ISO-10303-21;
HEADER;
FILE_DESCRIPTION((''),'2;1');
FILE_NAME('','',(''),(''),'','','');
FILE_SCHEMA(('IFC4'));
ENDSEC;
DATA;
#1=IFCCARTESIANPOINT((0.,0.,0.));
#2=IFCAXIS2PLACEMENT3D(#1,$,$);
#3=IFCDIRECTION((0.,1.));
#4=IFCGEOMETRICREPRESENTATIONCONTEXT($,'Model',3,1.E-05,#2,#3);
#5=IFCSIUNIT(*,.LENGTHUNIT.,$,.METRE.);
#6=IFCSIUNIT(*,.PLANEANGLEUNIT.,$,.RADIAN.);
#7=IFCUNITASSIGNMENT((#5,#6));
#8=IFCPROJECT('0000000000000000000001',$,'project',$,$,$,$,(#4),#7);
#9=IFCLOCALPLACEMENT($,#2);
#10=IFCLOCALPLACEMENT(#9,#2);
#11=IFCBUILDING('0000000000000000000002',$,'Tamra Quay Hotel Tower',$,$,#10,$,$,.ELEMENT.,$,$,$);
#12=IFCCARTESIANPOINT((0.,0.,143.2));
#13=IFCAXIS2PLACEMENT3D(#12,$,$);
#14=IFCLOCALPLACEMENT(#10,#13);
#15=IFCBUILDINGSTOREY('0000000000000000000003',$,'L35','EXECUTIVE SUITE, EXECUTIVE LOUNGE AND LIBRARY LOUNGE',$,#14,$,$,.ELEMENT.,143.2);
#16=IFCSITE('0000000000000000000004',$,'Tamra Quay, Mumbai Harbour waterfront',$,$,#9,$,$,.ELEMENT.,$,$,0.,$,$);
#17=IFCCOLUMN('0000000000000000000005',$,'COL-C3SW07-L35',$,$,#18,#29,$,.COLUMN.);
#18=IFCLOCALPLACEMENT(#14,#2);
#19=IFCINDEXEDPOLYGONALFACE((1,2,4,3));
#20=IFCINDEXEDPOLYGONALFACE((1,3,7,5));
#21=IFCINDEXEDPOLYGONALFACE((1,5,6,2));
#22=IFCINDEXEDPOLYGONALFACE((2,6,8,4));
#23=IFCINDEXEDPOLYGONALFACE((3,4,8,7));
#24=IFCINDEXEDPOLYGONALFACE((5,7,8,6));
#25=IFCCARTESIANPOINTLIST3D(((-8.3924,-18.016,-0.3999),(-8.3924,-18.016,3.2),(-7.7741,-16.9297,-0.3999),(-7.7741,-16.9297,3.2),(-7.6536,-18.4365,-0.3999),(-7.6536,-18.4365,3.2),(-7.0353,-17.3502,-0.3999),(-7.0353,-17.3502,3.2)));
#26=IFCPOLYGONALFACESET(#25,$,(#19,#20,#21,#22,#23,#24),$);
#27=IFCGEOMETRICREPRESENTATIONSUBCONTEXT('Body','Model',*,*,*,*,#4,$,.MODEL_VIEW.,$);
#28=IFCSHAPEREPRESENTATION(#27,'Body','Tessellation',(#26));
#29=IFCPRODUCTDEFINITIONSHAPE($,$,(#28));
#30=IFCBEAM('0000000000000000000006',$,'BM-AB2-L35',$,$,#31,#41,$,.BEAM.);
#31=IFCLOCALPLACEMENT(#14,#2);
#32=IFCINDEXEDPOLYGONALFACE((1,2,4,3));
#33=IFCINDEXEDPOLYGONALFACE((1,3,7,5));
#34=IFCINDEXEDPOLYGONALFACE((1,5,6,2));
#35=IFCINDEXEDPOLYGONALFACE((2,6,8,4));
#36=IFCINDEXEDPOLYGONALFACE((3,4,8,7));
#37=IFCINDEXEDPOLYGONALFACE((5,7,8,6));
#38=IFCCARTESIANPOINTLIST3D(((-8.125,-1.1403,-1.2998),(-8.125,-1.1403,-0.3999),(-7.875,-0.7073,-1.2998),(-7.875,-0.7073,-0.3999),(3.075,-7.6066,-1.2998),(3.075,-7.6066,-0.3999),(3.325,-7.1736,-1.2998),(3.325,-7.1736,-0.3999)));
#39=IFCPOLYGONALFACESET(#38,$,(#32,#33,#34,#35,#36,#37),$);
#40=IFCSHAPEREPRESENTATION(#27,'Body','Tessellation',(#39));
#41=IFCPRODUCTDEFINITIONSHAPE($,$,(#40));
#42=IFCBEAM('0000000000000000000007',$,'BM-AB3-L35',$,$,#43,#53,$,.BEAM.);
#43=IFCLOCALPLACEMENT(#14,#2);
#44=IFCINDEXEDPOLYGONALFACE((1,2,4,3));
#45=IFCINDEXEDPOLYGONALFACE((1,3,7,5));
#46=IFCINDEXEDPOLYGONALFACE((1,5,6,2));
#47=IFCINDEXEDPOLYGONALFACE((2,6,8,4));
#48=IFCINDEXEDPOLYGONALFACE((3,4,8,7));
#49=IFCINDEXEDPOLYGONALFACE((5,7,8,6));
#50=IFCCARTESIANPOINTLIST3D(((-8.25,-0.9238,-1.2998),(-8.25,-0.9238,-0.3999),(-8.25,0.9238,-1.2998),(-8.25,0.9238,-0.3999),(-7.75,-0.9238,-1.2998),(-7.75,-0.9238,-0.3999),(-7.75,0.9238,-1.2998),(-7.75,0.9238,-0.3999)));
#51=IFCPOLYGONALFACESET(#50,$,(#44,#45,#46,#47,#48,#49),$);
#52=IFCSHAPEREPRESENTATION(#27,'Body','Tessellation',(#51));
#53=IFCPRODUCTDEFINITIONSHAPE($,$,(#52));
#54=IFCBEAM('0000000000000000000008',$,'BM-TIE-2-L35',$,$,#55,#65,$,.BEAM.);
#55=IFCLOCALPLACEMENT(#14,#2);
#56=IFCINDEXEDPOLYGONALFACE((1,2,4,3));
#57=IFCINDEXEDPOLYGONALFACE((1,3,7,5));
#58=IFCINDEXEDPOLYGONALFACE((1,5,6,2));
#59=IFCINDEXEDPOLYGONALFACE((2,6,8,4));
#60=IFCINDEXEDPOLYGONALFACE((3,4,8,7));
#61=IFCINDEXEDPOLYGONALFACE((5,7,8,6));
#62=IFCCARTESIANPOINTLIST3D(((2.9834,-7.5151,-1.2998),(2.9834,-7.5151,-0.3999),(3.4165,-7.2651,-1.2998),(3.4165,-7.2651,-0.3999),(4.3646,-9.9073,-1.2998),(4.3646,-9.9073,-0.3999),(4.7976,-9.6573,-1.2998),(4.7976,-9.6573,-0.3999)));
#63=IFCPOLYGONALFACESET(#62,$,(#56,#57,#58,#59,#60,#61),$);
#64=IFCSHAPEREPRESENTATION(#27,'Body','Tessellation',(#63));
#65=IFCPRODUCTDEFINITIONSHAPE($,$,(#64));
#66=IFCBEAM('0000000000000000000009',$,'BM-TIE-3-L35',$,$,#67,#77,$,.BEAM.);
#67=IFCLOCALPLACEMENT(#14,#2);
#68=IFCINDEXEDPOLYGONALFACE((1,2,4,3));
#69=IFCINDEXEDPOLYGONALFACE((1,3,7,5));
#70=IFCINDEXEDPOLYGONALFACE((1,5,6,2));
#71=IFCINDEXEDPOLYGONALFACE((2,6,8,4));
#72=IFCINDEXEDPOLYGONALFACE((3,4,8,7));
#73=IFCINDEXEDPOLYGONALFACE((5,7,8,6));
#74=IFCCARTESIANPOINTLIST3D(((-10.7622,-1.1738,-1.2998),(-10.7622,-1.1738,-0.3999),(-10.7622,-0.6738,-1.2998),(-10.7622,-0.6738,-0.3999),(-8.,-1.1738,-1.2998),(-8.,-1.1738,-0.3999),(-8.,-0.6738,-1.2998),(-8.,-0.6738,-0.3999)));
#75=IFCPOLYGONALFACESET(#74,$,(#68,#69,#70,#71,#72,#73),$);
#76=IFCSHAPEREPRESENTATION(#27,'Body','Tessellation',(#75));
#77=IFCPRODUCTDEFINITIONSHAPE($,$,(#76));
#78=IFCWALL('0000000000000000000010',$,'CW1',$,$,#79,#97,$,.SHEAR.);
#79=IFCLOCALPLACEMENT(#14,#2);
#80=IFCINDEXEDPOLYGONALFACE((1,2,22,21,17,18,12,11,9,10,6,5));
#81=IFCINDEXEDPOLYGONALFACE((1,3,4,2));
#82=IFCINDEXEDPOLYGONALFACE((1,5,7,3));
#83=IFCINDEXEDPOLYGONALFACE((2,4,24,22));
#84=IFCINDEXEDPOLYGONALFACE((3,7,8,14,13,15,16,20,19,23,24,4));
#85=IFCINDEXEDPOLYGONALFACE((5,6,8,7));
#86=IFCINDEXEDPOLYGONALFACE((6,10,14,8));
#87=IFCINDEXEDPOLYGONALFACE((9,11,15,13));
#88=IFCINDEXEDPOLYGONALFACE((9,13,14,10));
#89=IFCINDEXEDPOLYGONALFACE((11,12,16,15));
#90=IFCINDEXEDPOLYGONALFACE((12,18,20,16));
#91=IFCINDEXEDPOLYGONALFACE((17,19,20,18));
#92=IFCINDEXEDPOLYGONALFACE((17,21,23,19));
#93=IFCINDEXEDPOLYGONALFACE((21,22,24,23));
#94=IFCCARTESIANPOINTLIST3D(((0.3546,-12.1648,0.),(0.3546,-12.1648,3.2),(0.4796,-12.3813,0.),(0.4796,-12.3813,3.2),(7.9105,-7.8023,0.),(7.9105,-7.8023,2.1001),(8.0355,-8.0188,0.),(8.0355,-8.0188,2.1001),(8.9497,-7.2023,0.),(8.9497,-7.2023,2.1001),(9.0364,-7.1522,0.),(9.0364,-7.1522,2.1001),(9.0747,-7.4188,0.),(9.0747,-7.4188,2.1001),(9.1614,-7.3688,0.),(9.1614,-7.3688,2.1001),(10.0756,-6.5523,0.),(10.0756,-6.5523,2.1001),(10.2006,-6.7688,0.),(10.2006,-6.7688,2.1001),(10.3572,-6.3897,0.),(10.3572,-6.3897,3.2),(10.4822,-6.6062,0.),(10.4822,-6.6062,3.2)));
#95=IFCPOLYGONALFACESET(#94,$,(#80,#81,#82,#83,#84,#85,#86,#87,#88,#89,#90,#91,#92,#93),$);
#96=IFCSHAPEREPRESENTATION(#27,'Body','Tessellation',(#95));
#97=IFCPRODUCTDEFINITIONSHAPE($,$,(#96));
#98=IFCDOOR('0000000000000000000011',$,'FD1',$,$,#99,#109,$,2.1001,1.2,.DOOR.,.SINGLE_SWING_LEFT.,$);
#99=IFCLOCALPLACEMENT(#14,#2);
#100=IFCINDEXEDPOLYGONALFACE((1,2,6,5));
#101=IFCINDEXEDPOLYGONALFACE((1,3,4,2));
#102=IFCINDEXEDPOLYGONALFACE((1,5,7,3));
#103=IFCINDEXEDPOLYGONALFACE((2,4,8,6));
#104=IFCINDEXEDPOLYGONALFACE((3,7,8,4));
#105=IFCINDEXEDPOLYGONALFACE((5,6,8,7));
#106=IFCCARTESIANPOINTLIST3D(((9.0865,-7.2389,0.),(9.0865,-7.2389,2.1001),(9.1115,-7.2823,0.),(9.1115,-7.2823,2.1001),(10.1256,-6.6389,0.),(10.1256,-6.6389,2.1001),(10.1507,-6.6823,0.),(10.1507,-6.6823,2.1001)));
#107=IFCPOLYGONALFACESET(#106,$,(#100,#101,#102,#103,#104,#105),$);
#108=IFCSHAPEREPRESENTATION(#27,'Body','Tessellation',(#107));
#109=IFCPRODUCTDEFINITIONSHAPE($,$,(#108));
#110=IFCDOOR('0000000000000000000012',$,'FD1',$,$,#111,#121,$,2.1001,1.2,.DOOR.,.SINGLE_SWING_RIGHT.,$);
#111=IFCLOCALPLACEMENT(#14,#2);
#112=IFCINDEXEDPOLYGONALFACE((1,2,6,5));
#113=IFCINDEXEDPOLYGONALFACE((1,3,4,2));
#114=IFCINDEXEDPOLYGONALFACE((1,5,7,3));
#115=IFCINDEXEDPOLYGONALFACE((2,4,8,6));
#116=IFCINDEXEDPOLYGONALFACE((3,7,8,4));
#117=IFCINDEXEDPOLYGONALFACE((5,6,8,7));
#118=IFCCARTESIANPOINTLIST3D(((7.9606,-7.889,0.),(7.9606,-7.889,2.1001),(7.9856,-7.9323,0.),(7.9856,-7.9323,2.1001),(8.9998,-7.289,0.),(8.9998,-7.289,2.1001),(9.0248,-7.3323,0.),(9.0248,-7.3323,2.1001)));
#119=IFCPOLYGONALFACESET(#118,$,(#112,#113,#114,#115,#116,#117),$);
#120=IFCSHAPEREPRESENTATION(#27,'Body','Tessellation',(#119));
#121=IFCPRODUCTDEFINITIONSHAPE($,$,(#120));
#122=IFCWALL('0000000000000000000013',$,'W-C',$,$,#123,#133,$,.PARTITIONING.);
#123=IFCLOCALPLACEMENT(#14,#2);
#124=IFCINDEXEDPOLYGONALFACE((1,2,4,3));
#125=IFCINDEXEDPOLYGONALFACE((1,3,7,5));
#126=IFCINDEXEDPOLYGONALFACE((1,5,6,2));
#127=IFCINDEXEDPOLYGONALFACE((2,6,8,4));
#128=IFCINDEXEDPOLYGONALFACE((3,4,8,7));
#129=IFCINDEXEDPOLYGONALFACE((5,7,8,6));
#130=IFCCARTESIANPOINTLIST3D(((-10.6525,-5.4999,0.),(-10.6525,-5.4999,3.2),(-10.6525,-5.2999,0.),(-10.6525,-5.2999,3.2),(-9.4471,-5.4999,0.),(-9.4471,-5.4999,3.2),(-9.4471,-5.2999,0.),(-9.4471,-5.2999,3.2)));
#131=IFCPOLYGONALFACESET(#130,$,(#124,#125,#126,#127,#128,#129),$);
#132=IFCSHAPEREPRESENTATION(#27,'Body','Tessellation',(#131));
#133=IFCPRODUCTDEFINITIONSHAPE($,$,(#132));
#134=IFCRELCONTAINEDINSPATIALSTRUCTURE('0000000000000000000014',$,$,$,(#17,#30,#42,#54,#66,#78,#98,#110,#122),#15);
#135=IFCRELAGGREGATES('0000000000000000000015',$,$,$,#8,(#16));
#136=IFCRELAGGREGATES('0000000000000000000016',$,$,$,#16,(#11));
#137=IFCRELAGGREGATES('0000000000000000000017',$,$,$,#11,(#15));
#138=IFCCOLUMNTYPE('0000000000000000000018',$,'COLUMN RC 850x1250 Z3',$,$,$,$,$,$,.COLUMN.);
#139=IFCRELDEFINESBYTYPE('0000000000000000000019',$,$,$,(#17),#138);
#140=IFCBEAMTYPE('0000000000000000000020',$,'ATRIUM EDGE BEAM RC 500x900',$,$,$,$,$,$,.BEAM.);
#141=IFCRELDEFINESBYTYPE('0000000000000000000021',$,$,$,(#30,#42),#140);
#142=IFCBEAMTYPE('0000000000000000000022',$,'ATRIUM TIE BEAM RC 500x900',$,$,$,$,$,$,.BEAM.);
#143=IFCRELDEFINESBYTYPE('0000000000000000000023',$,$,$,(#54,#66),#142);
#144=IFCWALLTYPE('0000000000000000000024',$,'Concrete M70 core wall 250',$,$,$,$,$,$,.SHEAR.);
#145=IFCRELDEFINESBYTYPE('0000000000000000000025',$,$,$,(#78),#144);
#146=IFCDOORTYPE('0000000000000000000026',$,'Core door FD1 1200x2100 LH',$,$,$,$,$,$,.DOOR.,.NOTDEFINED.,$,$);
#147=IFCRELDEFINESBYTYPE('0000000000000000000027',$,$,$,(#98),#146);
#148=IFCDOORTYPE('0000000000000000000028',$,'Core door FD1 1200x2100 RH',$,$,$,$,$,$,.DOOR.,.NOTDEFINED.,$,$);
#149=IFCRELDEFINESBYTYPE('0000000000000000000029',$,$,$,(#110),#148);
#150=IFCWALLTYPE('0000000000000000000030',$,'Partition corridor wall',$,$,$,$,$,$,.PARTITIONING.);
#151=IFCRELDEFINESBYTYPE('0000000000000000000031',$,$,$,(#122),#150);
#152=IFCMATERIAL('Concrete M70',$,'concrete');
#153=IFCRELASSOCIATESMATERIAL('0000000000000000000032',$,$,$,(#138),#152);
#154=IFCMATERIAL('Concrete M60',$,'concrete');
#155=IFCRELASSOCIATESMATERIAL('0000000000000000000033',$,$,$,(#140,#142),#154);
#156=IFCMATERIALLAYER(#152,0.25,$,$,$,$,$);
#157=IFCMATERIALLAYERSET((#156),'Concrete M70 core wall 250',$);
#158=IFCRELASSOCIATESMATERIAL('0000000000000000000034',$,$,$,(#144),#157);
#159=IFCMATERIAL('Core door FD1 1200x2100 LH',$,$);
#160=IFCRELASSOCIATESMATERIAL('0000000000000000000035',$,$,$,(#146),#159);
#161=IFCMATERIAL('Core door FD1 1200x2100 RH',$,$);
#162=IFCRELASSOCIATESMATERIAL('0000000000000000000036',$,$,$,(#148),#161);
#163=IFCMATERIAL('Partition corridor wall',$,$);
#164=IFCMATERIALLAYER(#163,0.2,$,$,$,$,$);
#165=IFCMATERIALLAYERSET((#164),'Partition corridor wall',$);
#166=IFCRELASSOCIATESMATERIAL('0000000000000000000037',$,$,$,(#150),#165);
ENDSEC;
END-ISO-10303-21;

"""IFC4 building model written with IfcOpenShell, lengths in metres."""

from ifc_helpers import new_model, si_unit, direction, frame, frame_2d, origin, origin_2d, place, context, subcontext, project, spatial, rectangle, extrude, material, layer, layer_set, material_profile, profile_set, type_object, element, fill, save


model = new_model("IFC4")

# Units and contexts
model_context = context("Model", 3, precision=1e-05, world=origin(), true_north=direction((0.0, 1.0)))
body_context = subcontext(model_context, "Body", "Model", "MODEL_VIEW")
ifc_project = project(units=[si_unit("LENGTHUNIT", "METRE"), si_unit("PLANEANGLEUNIT", "RADIAN")], contexts=[model_context])

# Site, building, storey
site_placement = place(None, origin())
site = spatial("IfcSite", under=ifc_project, at=site_placement, Name="Tamra Quay, Mumbai Harbour waterfront", CompositionType="ELEMENT", RefElevation=0.0)
building_placement = place(site_placement, origin())
building = spatial("IfcBuilding", under=site, at=building_placement, Name="Tamra Quay Hotel Tower", CompositionType="ELEMENT")
storey_placement = place(building_placement, frame((0.0, 0.0, 143.2)))
storey = spatial("IfcBuildingStorey", under=building, at=storey_placement, Name="L35", Description="EXECUTIVE SUITE, EXECUTIVE LOUNGE AND LIBRARY LOUNGE", CompositionType="ELEMENT", Elevation=143.2)

# Column
ifc_material_1 = material(Name="Concrete M70", Category="concrete")
ifc_material_profile_1 = material_profile(ifc_material_1, rectangle(XDim=1.25, YDim=0.8501, at=origin_2d()), Name="COLUMN RC 850x1250 Z3")
ifc_profile_set_1 = profile_set([ifc_material_profile_1], Name="Concrete M70")
column_type = type_object("IfcColumnType", Name="COLUMN RC 850x1250 Z3", PredefinedType="COLUMN", material=ifc_profile_set_1)
column_placement = place(storey_placement, frame((-7.7139, -17.6831, -0.3999), z_axis=(0.0, 0.0, 1.0), x_axis=(0.494656, 0.869089, 0.0)))
element("IfcColumn", 1, at=column_placement, inside=storey, type_object=column_type, Name="COL-C3SW07-L35", PredefinedType="COLUMN", context=body_context, shape_type="SweptSolid", body=[
    extrude(rectangle(XDim=1.25, YDim=0.8501, at=origin_2d()), origin(), (0.0, 0.0, 1.0), 3.5999),
])

# Beams
ifc_material_2 = material(Name="Concrete M60", Category="concrete")
ifc_material_profile_2 = material_profile(ifc_material_2, rectangle(XDim=0.5, YDim=0.8999, at=origin_2d()), Name="ATRIUM EDGE BEAM RC 500x900")
ifc_profile_set_2 = profile_set([ifc_material_profile_2], Name="Concrete M60")
beam_type_1 = type_object("IfcBeamType", Name="ATRIUM EDGE BEAM RC 500x900", PredefinedType="BEAM", material=ifc_profile_set_2)
beam_1_placement = place(storey_placement, frame((3.2, -7.3901, -0.8499), z_axis=(-0.866025, 0.500001, 0.0), x_axis=(-0.500001, -0.866025, 0.0)))
element("IfcBeam", 2, at=beam_1_placement, inside=storey, type_object=beam_type_1, Name="BM-AB2-L35", PredefinedType="BEAM", context=body_context, shape_type="SweptSolid", body=[
    extrude(rectangle(XDim=0.5, YDim=0.8999, at=origin_2d()), origin(), (0.0, 0.0, 1.0), 12.9326),
])
beam_2_placement = place(storey_placement, frame((-8.0, -0.9238, -0.8499), z_axis=(0.0, 1.0, 0.0), x_axis=(-1.0, 0.0, 0.0)))
element("IfcBeam", 3, at=beam_2_placement, inside=storey, type_object=beam_type_1, Name="BM-AB3-L35", PredefinedType="BEAM", context=body_context, shape_type="SweptSolid", body=[
    extrude(rectangle(XDim=0.5, YDim=0.8999, at=origin_2d()), origin(), (0.0, 0.0, 1.0), 1.8477),
])
ifc_material_profile_3 = material_profile(ifc_material_2, rectangle(XDim=0.5, YDim=0.8999, at=origin_2d()), Name="ATRIUM TIE BEAM RC 500x900")
ifc_profile_set_3 = profile_set([ifc_material_profile_3], Name="Concrete M60")
beam_type_2 = type_object("IfcBeamType", Name="ATRIUM TIE BEAM RC 500x900", PredefinedType="BEAM", material=ifc_profile_set_3)
for number, where, z_axis, x_axis, name in (
    (4, (3.2, -7.3901, -0.8499), (0.500008, -0.866021, 0.0), (0.866021, 0.500008, 0.0), "BM-TIE-2-L35"),
    (5, (-8.0, -0.9238, -0.8499), (-1.0, 0.0, 0.0), (0.0, -1.0, 0.0), "BM-TIE-3-L35"),
):
    element("IfcBeam", number, at=place(storey_placement, frame(where, z_axis=z_axis, x_axis=x_axis)), inside=storey, type_object=beam_type_2, Name=name, PredefinedType="BEAM", context=body_context, shape_type="SweptSolid", body=[
        extrude(rectangle(XDim=0.5, YDim=0.8999, at=origin_2d()), origin(), (0.0, 0.0, 1.0), 2.7622),
    ])

# Wall, openings, doors
ifc_layer_1 = layer(ifc_material_1, 0.25)
ifc_layer_set_1 = layer_set([ifc_layer_1], Name="Concrete M70 core wall 250")
wall_type_1 = type_object("IfcWallType", Name="Concrete M70 core wall 250", PredefinedType="SHEAR", material=ifc_layer_set_1)
wall_1_placement = place(storey_placement, frame((0.4172, -12.2729, 0.0), z_axis=(0.0, 0.0, 1.0), x_axis=(0.866022, 0.500006, 0.0)))
wall_1 = element("IfcWall", 6, at=wall_1_placement, inside=storey, type_object=wall_type_1, Name="CW1", PredefinedType="SHEAR", context=body_context, shape_type="SweptSolid", body=[
    extrude(rectangle(XDim=11.55, YDim=0.25, at=frame_2d((5.7749, 0.0))), origin(), (0.0, 0.0, 1.0), 3.2),
])
opening_1_placement = place(wall_1_placement, frame((10.0247, 0.0, 0.0)))
opening_1 = element("IfcOpeningElement", 7, at=opening_1_placement, cuts=wall_1, PredefinedType="OPENING", context=body_context, shape_type="SweptSolid", body=[
    extrude(rectangle(XDim=1.2, YDim=2.1001, at=frame_2d((0.6001, 1.05))), frame((0.0, 0.135, 0.0), z_axis=(0.0, -1.0, 0.0), x_axis=(1.0, 0.0, 0.0)), (0.0, 0.0, 1.0), 0.27),
])
opening_2_placement = place(wall_1_placement, frame((8.7246, 0.0, 0.0)))
opening_2 = element("IfcOpeningElement", 8, at=opening_2_placement, cuts=wall_1, PredefinedType="OPENING", context=body_context, shape_type="SweptSolid", body=[
    extrude(rectangle(XDim=1.2, YDim=2.1001, at=frame_2d((0.6001, 1.05))), frame((0.0, 0.135, 0.0), z_axis=(0.0, -1.0, 0.0), x_axis=(1.0, 0.0, 0.0)), (0.0, 0.0, 1.0), 0.27),
])
ifc_material_3 = material(Name="Core door FD1 1200x2100 LH")
door_type_1 = type_object("IfcDoorType", Name="Core door FD1 1200x2100 LH", OperationType="NOTDEFINED", PredefinedType="DOOR", material=ifc_material_3)
door_1_placement = place(opening_1_placement, origin())
door_1 = element("IfcDoor", 9, at=door_1_placement, inside=storey, type_object=door_type_1, Name="FD1", OperationType="SINGLE_SWING_LEFT", OverallHeight=2.1001, OverallWidth=1.2, PredefinedType="DOOR", context=body_context, shape_type="SweptSolid", body=[
    extrude(rectangle(XDim=1.2, YDim=2.1001, at=frame_2d((0.6001, 1.05))), frame((0.0, 0.0249, 0.0), z_axis=(0.0, -1.0, 0.0), x_axis=(1.0, 0.0, 0.0)), (0.0, 0.0, 1.0), 0.05),
])
fill(opening_1, door_1)
ifc_material_4 = material(Name="Core door FD1 1200x2100 RH")
door_type_2 = type_object("IfcDoorType", Name="Core door FD1 1200x2100 RH", OperationType="NOTDEFINED", PredefinedType="DOOR", material=ifc_material_4)
door_2_placement = place(opening_2_placement, origin())
door_2 = element("IfcDoor", 10, at=door_2_placement, inside=storey, type_object=door_type_2, Name="FD1", OperationType="SINGLE_SWING_RIGHT", OverallHeight=2.1001, OverallWidth=1.2, PredefinedType="DOOR", context=body_context, shape_type="SweptSolid", body=[
    extrude(rectangle(XDim=1.2, YDim=2.1001, at=frame_2d((0.6001, 1.05))), frame((0.0, 0.0249, 0.0), z_axis=(0.0, -1.0, 0.0), x_axis=(1.0, 0.0, 0.0)), (0.0, 0.0, 1.0), 0.05),
])
fill(opening_2, door_2)

# Wall
ifc_material_5 = material(Name="Partition corridor wall")
ifc_layer_2 = layer(ifc_material_5, 0.2)
ifc_layer_set_2 = layer_set([ifc_layer_2], Name="Partition corridor wall")
wall_type_2 = type_object("IfcWallType", Name="Partition corridor wall", PredefinedType="PARTITIONING", material=ifc_layer_set_2)
wall_2_placement = place(storey_placement, frame((-10.6523, -5.3999, 0.0), z_axis=(0.0, 0.0, 1.0), x_axis=(1.0, 0.0, 0.0)))
element("IfcWall", 11, at=wall_2_placement, inside=storey, type_object=wall_type_2, Name="W-C", PredefinedType="PARTITIONING", context=body_context, shape_type="SweptSolid", body=[
    extrude(rectangle(XDim=1.2053, YDim=0.2, at=frame_2d((0.6025, 0.0))), origin(), (0.0, 0.0, 1.0), 3.2),
])

save(model, "model.ifc")
